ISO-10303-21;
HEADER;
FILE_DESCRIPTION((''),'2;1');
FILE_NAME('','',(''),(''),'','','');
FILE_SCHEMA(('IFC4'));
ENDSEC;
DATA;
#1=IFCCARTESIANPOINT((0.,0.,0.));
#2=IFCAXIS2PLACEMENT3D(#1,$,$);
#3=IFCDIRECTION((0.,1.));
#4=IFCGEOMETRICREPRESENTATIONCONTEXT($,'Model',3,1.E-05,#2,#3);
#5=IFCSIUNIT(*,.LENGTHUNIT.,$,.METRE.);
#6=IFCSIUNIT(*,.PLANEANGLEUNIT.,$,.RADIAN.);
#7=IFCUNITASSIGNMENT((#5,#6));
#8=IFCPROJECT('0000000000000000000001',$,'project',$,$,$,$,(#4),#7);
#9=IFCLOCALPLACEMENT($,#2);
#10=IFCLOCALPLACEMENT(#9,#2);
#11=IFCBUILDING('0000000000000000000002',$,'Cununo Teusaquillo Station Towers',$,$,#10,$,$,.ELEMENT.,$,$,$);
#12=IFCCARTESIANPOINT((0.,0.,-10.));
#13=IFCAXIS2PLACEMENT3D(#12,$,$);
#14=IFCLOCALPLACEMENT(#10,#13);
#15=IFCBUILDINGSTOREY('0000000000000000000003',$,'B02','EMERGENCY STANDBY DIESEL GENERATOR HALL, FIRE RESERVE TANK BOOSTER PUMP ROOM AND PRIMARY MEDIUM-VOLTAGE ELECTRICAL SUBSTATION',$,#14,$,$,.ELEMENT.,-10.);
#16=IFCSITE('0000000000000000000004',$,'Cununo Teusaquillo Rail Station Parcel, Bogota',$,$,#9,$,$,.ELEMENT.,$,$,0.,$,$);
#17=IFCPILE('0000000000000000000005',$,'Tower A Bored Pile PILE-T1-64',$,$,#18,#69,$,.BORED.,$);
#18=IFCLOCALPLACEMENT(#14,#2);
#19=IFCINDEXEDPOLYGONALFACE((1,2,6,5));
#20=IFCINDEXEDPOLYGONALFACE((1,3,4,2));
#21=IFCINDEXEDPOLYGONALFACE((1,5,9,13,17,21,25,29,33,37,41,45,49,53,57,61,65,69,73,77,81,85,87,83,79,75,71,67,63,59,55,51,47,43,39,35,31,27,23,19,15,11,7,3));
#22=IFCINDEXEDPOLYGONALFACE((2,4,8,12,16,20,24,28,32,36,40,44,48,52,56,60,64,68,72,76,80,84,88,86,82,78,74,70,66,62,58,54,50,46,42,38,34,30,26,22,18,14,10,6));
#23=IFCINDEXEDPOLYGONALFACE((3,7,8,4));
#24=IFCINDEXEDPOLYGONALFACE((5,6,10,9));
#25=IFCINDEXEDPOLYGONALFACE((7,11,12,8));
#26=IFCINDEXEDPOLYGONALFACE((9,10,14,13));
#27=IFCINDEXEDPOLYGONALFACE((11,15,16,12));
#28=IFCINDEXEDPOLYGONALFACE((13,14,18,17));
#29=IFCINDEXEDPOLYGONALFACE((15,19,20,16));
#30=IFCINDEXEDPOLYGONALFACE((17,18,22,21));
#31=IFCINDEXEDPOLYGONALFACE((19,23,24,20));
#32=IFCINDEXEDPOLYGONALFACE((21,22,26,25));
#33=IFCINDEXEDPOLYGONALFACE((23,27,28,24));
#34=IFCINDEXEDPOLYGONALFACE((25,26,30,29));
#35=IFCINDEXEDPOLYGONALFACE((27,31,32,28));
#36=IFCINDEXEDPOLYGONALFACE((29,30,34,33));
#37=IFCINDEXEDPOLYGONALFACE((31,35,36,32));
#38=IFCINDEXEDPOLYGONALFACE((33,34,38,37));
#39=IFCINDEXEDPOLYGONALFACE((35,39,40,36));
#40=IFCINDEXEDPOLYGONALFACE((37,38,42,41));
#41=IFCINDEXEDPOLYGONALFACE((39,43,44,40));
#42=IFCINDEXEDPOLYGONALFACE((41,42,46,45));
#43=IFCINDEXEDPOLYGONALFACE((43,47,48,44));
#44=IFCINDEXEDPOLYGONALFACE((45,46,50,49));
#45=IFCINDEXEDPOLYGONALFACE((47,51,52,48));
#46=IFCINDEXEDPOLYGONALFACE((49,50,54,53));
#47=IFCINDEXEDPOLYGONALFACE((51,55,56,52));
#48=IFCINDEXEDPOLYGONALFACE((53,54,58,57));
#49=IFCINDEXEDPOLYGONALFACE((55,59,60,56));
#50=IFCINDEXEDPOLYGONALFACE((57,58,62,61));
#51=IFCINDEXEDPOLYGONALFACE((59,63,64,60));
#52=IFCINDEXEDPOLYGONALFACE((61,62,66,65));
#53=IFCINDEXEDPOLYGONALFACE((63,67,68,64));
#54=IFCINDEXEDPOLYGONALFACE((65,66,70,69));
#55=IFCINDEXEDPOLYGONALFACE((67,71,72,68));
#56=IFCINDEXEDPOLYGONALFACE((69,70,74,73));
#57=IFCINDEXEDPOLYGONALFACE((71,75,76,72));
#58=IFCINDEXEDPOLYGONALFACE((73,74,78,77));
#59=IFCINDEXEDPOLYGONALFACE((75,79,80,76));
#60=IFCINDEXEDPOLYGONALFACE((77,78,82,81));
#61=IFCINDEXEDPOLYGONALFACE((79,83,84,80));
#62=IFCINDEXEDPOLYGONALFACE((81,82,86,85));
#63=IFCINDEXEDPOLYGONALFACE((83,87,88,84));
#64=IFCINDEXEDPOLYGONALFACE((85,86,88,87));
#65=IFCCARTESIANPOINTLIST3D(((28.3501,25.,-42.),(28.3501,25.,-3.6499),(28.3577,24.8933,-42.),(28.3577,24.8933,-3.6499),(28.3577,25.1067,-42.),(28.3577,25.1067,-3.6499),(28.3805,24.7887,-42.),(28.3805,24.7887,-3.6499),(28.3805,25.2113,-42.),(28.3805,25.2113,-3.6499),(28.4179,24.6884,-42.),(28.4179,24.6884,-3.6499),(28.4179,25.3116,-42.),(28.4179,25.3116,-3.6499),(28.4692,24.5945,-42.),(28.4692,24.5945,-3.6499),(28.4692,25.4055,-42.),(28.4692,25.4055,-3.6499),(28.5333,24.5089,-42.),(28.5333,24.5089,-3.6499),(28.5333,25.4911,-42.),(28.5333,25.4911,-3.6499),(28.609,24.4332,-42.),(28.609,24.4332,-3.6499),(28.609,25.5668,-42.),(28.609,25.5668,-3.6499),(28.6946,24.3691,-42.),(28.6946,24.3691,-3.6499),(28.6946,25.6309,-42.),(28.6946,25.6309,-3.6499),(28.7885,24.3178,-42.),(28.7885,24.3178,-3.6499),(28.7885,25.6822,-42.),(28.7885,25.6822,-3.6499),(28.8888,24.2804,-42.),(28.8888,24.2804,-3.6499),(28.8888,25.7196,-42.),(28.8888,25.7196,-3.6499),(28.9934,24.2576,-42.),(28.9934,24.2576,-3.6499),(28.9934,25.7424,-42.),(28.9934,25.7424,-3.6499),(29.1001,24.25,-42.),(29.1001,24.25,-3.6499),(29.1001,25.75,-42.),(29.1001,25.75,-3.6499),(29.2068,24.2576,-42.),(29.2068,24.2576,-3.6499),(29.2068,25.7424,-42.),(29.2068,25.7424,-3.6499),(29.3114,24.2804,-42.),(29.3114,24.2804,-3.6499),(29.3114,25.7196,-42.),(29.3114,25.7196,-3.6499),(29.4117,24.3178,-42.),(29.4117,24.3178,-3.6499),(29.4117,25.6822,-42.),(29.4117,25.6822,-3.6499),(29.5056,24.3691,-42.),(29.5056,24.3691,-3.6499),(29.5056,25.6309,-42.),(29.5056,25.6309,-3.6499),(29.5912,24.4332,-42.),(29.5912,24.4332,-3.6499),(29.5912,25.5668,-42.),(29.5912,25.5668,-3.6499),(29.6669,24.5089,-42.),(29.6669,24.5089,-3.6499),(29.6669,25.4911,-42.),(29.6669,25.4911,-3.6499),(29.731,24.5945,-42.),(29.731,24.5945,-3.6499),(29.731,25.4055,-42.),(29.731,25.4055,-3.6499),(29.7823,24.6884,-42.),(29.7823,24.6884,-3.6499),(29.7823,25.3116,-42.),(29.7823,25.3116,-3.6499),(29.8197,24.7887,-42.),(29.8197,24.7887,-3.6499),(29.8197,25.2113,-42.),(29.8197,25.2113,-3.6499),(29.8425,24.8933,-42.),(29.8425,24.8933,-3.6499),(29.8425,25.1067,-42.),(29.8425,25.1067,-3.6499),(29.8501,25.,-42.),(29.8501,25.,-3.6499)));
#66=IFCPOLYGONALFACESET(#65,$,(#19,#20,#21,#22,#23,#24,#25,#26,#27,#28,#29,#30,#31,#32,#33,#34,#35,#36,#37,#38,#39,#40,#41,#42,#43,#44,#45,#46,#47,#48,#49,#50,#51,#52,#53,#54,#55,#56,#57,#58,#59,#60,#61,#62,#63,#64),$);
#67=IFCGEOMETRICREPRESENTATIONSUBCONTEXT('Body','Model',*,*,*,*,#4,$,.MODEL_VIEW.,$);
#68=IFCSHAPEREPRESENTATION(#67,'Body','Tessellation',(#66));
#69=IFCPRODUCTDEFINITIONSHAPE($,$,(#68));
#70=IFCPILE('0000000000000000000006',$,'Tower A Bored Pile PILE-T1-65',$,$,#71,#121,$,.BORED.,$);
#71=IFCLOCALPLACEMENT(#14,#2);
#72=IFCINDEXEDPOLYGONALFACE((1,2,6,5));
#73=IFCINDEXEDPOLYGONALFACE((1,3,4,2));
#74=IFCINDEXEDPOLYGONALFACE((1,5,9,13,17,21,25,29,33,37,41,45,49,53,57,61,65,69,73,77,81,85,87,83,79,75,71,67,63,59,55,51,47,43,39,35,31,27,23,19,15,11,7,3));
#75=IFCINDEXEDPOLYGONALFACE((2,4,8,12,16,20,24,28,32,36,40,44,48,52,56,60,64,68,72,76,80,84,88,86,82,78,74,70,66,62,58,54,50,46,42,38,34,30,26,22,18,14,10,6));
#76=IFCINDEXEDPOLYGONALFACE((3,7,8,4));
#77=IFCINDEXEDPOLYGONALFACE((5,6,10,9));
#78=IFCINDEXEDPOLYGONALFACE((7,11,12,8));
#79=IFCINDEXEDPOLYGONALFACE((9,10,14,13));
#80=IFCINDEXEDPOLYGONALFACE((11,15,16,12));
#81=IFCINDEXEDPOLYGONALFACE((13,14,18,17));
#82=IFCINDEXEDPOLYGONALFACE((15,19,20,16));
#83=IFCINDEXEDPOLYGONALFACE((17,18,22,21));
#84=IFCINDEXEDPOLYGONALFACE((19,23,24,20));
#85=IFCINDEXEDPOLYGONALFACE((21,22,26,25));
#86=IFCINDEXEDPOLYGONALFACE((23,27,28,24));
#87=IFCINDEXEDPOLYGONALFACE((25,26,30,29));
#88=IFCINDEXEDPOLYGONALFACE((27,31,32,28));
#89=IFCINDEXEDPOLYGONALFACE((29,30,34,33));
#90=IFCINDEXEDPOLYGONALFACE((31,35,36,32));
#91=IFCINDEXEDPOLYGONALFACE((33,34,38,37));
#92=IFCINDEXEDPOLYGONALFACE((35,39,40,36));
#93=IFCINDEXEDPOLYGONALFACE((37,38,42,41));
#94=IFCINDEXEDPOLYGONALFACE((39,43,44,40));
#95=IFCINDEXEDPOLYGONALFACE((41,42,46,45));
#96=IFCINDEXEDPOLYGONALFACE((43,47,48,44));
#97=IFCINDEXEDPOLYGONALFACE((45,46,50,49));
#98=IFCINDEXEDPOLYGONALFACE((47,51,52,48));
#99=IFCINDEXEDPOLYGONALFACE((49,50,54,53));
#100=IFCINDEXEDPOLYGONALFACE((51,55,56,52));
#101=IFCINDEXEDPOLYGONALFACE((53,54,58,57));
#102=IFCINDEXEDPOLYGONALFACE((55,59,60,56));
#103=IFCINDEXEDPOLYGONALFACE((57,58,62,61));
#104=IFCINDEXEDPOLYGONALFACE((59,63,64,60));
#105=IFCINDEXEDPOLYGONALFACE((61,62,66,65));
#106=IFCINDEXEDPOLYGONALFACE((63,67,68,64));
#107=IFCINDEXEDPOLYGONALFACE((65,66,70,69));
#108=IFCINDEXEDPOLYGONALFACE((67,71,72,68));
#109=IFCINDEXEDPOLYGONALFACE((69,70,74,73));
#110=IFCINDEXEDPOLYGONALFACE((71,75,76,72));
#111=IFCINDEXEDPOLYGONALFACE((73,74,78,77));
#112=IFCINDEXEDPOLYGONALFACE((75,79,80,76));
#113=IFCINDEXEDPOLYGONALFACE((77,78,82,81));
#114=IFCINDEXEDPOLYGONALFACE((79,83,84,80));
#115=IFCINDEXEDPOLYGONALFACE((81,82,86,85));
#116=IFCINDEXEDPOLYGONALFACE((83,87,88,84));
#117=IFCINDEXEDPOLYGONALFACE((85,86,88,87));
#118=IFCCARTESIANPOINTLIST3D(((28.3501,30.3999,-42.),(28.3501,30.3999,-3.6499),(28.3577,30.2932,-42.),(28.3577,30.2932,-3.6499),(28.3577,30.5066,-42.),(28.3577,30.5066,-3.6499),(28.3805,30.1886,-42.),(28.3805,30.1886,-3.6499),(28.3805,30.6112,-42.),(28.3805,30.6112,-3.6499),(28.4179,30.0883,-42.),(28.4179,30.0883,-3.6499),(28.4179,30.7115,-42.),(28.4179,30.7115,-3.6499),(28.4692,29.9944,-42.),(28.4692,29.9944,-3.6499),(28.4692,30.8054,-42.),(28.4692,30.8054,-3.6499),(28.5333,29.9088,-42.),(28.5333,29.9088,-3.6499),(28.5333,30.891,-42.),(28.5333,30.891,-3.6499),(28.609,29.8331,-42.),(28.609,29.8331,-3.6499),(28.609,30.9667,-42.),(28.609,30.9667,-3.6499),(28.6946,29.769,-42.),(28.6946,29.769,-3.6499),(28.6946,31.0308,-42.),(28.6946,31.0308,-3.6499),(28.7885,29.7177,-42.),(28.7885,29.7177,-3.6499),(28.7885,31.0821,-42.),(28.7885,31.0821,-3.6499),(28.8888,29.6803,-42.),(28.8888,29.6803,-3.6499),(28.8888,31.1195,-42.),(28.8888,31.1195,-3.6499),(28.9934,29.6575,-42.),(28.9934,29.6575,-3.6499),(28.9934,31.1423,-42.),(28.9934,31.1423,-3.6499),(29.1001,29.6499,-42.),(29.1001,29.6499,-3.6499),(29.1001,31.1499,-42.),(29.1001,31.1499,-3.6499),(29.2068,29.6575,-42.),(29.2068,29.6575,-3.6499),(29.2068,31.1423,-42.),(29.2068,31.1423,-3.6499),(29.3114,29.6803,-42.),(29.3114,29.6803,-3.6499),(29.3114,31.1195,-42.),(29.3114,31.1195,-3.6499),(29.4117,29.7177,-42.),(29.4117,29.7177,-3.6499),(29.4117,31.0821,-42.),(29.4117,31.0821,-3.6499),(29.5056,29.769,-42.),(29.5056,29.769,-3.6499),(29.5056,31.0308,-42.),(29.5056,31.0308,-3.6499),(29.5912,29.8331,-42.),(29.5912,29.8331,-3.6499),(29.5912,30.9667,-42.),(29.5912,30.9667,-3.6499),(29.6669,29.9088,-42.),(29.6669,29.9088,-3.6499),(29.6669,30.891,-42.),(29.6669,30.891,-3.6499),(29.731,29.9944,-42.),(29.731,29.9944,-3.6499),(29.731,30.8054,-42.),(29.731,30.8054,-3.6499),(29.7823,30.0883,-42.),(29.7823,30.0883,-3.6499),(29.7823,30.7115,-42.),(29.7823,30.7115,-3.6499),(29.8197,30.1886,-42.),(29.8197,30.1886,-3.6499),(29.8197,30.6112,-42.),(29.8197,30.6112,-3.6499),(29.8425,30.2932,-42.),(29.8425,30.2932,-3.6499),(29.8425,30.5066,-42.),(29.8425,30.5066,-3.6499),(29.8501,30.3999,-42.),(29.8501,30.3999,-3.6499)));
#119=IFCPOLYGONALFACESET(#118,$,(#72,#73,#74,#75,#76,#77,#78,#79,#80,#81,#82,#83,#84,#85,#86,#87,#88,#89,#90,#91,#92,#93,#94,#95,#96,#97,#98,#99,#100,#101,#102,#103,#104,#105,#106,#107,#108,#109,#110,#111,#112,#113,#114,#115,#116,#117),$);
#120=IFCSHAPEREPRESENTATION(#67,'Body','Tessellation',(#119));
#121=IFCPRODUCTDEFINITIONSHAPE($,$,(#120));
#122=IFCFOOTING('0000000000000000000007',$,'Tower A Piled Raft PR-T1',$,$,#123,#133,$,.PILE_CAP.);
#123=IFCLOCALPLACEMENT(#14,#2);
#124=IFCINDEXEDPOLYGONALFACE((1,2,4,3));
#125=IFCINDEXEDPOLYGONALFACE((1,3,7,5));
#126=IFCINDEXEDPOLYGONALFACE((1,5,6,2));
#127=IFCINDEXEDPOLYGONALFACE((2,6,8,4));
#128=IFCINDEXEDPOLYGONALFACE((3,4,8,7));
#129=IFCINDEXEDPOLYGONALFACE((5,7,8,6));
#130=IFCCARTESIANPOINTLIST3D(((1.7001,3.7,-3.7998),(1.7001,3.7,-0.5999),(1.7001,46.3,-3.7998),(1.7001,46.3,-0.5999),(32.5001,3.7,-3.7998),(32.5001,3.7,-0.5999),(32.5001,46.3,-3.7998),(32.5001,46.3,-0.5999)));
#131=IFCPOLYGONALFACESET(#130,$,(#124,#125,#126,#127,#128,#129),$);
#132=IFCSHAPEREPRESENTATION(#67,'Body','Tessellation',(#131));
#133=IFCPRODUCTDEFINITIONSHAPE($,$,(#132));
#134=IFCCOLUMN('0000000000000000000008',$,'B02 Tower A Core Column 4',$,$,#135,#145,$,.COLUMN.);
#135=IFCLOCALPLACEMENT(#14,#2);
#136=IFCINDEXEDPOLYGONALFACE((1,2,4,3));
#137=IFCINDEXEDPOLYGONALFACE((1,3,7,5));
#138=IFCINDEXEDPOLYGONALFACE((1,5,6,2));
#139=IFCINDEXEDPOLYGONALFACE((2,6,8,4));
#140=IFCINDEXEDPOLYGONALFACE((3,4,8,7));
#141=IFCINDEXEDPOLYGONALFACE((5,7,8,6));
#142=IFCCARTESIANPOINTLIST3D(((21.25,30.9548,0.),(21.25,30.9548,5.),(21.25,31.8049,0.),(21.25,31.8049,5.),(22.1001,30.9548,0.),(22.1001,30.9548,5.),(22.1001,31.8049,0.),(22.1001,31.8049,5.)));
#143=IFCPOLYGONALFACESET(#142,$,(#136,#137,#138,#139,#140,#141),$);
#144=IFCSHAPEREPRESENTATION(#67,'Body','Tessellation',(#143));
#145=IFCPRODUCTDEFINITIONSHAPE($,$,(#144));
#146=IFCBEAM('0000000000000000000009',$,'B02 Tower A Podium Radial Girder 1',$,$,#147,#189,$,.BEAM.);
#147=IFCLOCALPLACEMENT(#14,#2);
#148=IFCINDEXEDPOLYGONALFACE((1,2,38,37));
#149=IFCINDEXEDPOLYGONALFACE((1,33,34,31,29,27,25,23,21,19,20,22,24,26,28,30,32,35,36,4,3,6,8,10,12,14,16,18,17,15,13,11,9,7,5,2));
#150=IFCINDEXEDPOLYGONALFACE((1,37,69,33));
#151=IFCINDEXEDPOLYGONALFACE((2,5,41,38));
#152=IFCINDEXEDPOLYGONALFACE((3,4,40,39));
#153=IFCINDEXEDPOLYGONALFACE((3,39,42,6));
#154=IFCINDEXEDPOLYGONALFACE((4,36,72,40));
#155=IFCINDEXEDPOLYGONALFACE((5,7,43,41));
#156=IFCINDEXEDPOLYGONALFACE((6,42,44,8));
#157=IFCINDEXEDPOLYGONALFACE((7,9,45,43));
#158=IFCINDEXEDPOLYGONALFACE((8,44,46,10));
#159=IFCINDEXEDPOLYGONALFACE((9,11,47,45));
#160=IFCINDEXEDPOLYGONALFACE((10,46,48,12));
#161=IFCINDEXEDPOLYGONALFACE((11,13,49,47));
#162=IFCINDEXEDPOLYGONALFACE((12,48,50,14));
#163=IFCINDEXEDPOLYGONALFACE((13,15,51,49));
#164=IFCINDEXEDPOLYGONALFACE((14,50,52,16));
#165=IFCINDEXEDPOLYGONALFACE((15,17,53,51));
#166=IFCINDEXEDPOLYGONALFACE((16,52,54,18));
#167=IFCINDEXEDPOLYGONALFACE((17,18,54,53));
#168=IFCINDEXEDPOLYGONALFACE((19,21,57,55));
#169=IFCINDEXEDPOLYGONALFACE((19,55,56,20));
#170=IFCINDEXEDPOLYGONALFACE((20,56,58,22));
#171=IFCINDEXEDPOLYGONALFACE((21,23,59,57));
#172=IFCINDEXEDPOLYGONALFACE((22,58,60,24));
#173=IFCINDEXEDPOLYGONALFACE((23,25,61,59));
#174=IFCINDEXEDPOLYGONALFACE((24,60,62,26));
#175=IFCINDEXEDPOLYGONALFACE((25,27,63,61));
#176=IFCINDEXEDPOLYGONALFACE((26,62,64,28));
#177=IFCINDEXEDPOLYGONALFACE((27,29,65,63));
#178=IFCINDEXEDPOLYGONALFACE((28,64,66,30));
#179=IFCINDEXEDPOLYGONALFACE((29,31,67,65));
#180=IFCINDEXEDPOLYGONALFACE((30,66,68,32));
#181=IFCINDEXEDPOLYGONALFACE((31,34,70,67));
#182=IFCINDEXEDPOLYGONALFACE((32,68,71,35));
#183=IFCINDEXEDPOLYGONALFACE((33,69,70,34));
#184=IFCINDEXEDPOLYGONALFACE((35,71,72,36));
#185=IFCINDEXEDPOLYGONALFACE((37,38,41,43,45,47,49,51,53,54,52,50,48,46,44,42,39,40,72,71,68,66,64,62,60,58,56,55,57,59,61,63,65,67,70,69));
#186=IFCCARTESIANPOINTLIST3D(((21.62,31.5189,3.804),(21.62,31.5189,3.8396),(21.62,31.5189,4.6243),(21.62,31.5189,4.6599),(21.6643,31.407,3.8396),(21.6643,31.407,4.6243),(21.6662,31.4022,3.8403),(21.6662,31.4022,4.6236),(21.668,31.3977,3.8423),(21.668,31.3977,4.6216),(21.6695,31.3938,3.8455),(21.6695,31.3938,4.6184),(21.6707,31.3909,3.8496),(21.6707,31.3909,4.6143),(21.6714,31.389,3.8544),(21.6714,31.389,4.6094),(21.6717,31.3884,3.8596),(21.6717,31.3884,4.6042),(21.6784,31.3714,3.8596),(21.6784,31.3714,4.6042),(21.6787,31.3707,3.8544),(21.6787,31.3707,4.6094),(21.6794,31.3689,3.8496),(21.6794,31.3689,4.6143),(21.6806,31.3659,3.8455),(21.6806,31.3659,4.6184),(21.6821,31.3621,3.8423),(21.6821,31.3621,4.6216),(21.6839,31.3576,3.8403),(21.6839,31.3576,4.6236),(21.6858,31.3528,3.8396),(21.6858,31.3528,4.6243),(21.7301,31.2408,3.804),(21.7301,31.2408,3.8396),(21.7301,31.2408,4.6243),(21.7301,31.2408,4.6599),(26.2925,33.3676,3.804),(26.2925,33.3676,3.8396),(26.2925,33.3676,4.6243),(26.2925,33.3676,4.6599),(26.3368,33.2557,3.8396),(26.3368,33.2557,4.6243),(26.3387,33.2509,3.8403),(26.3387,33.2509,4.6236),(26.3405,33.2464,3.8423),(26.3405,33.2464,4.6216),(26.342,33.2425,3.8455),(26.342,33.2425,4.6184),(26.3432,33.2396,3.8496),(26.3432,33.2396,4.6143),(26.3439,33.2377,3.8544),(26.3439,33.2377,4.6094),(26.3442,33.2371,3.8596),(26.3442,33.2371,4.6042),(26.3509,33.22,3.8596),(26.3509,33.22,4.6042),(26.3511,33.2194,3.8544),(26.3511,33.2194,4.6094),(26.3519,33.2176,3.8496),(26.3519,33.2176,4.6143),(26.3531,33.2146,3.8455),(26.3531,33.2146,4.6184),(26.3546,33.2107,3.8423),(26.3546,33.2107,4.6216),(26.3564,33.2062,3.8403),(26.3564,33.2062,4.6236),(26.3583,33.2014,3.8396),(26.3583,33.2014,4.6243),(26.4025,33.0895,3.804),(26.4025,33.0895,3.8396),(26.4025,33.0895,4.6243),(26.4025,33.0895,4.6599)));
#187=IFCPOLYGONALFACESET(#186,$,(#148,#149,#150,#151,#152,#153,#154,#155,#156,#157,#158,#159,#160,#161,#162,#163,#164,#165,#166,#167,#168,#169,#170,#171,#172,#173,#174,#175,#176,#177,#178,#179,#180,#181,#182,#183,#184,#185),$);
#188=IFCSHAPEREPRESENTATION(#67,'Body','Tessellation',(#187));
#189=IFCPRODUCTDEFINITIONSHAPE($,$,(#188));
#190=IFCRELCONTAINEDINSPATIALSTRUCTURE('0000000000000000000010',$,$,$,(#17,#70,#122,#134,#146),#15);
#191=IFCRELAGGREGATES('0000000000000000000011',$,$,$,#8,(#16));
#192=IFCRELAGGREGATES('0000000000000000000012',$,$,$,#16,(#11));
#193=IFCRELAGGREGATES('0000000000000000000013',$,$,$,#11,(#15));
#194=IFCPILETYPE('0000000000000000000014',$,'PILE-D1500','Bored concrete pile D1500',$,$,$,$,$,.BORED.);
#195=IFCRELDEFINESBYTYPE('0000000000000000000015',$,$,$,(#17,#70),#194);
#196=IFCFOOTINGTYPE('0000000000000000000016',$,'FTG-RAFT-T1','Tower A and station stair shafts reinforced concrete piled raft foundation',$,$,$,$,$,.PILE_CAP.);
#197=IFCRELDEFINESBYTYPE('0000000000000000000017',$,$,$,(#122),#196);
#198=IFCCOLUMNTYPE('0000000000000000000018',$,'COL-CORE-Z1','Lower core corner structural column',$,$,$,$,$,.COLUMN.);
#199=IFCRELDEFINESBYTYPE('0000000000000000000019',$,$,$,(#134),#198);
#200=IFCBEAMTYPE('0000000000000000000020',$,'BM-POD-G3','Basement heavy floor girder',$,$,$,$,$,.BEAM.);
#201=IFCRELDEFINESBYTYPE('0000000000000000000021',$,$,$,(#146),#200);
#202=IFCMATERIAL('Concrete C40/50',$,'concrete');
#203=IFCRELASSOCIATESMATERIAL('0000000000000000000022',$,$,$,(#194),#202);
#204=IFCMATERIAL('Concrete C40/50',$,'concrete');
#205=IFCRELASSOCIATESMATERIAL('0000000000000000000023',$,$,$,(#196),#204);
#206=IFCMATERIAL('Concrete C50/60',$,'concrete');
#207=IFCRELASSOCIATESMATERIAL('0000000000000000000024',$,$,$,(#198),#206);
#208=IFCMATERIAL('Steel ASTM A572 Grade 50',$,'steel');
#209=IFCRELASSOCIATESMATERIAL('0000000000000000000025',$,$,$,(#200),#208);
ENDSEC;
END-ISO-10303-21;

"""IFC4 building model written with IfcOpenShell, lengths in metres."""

from ifc_helpers import new_model, si_unit, direction, frame, origin, origin_2d, place, context, subcontext, project, spatial, rectangle, circle, i_section, extrude, source, transform, mapped, material, material_profile, profile_set, type_object, element, save


model = new_model("IFC4")

# Units and contexts
model_context = context("Model", 3, precision=1e-05, world=origin(), true_north=direction((0.0, 1.0)))
body_context = subcontext(model_context, "Body", "Model", "MODEL_VIEW")
ifc_project = project(units=[si_unit("LENGTHUNIT", "METRE"), si_unit("PLANEANGLEUNIT", "RADIAN")], contexts=[model_context])

# Site, building, storey
site_placement = place(None, origin())
site = spatial("IfcSite", under=ifc_project, at=site_placement, Name="Cununo Teusaquillo Rail Station Parcel, Bogota", CompositionType="ELEMENT", RefElevation=0.0)
building_placement = place(site_placement, origin())
building = spatial("IfcBuilding", under=site, at=building_placement, Name="Cununo Teusaquillo Station Towers", CompositionType="ELEMENT")
storey_placement = place(building_placement, frame((0.0, 0.0, -10.0)))
storey = spatial("IfcBuildingStorey", under=building, at=storey_placement, Name="B02", Description="EMERGENCY STANDBY DIESEL GENERATOR HALL, FIRE RESERVE TANK BOOSTER PUMP ROOM AND PRIMARY MEDIUM-VOLTAGE ELECTRICAL SUBSTATION", CompositionType="ELEMENT", Elevation=-10.0)

# Piles
ifc_material_1 = material(Name="Concrete C40/50", Category="concrete")
ifc_material_profile_1 = material_profile(ifc_material_1, circle(Radius=0.75, at=origin_2d()), Name="PILE-BORED-1500")
ifc_profile_set_1 = profile_set([ifc_material_profile_1], Name="Concrete C40/50")
pile_type = type_object("IfcPileType", Name="PILE-D1500", Description="Bored concrete pile D1500", PredefinedType="BORED", material=ifc_profile_set_1)
for number, where, z_axis, x_axis, name in (
    (1, (29.1001, 25.0, -3.6499), (0.0, 0.0, -1.0), (1.0, 0.0, 0.0), "Tower A Bored Pile PILE-T1-64"),
    (2, (29.1001, 30.3999, -3.6499), (0.0, 0.0, -1.0), (1.0, 0.0, 0.0), "Tower A Bored Pile PILE-T1-65"),
):
    element("IfcPile", number, at=place(storey_placement, frame(where, z_axis=z_axis, x_axis=x_axis)), inside=storey, type_object=pile_type, Name=name, PredefinedType="BORED", context=body_context, shape_type="SweptSolid", body=[
        extrude(circle(Radius=0.75, at=origin_2d()), origin(), (0.0, 0.0, 1.0), 38.3501),
    ])

# Footing
ifc_material_2 = material(Name="Concrete C40/50", Category="concrete")
footing_type = type_object("IfcFootingType", Name="FTG-RAFT-T1", Description="Tower A and station stair shafts reinforced concrete piled raft foundation", PredefinedType="PILE_CAP", material=ifc_material_2)
shared_shape_1 = source(origin(), body_context, "Body", "SweptSolid", [
    extrude(rectangle(XDim=30.8, YDim=42.6001, at=origin_2d()), origin(), (0.0, 0.0, 1.0), 3.2),
])
footing_placement = place(storey_placement, frame((17.1001, 25.0, -3.7998), z_axis=(0.0, 0.0, 1.0), x_axis=(1.0, 0.0, 0.0)))
element("IfcFooting", 3, at=footing_placement, inside=storey, type_object=footing_type, Name="Tower A Piled Raft PR-T1", PredefinedType="PILE_CAP", context=body_context, shape_type="MappedRepresentation", body=[
    mapped(shared_shape_1, transform((0.0, 0.0, 0.0), x_axis=(1.0, 0.0, 0.0), y_axis=(0.0, 1.0, 0.0), z_axis=(0.0, 0.0, 1.0), scale=1.0)),
])

# Column
ifc_material_3 = material(Name="Concrete C50/60", Category="concrete")
ifc_material_profile_2 = material_profile(ifc_material_3, rectangle(XDim=0.8501, YDim=0.8501, at=origin_2d()), Name="RC-RECT-850x850")
ifc_profile_set_2 = profile_set([ifc_material_profile_2], Name="Concrete C50/60")
column_type = type_object("IfcColumnType", Name="COL-CORE-Z1", Description="Lower core corner structural column", PredefinedType="COLUMN", material=ifc_profile_set_2)
column_placement = place(storey_placement, frame((21.675, 31.3799, 0.0), z_axis=(0.0, 0.0, 1.0), x_axis=(1.0, 0.0, 0.0)))
element("IfcColumn", 4, at=column_placement, inside=storey, type_object=column_type, Name="B02 Tower A Core Column 4", PredefinedType="COLUMN", context=body_context, shape_type="SweptSolid", body=[
    extrude(rectangle(XDim=0.8501, YDim=0.8501, at=origin_2d()), origin(), (0.0, 0.0, 1.0), 5.0),
])

# Beam
ifc_material_4 = material(Name="Steel ASTM A572 Grade 50", Category="steel")
ifc_material_profile_3 = material_profile(ifc_material_4, i_section(OverallWidth=0.2991, OverallDepth=0.856, WebThickness=0.0183, FlangeThickness=0.0356, FilletRadius=0.02, at=origin_2d()), Name="W33X201")
ifc_profile_set_3 = profile_set([ifc_material_profile_3], Name="Steel ASTM A572 Grade 50")
beam_type = type_object("IfcBeamType", Name="BM-POD-G3", Description="Basement heavy floor girder", PredefinedType="BEAM", material=ifc_profile_set_3)
beam_placement = place(storey_placement, frame((21.675, 31.3799, 4.2319), z_axis=(0.929864, 0.367903, 0.0), x_axis=(-0.367903, 0.929864, 0.0)))
element("IfcBeam", 5, at=beam_placement, inside=storey, type_object=beam_type, Name="B02 Tower A Podium Radial Girder 1", PredefinedType="BEAM", context=body_context, shape_type="SweptSolid", body=[
    extrude(i_section(OverallWidth=0.2991, OverallDepth=0.856, WebThickness=0.0183, FlangeThickness=0.0356, FilletRadius=0.02, at=origin_2d()), origin(), (0.0, 0.0, 1.0), 5.0249),
])

save(model, "model.ifc")
